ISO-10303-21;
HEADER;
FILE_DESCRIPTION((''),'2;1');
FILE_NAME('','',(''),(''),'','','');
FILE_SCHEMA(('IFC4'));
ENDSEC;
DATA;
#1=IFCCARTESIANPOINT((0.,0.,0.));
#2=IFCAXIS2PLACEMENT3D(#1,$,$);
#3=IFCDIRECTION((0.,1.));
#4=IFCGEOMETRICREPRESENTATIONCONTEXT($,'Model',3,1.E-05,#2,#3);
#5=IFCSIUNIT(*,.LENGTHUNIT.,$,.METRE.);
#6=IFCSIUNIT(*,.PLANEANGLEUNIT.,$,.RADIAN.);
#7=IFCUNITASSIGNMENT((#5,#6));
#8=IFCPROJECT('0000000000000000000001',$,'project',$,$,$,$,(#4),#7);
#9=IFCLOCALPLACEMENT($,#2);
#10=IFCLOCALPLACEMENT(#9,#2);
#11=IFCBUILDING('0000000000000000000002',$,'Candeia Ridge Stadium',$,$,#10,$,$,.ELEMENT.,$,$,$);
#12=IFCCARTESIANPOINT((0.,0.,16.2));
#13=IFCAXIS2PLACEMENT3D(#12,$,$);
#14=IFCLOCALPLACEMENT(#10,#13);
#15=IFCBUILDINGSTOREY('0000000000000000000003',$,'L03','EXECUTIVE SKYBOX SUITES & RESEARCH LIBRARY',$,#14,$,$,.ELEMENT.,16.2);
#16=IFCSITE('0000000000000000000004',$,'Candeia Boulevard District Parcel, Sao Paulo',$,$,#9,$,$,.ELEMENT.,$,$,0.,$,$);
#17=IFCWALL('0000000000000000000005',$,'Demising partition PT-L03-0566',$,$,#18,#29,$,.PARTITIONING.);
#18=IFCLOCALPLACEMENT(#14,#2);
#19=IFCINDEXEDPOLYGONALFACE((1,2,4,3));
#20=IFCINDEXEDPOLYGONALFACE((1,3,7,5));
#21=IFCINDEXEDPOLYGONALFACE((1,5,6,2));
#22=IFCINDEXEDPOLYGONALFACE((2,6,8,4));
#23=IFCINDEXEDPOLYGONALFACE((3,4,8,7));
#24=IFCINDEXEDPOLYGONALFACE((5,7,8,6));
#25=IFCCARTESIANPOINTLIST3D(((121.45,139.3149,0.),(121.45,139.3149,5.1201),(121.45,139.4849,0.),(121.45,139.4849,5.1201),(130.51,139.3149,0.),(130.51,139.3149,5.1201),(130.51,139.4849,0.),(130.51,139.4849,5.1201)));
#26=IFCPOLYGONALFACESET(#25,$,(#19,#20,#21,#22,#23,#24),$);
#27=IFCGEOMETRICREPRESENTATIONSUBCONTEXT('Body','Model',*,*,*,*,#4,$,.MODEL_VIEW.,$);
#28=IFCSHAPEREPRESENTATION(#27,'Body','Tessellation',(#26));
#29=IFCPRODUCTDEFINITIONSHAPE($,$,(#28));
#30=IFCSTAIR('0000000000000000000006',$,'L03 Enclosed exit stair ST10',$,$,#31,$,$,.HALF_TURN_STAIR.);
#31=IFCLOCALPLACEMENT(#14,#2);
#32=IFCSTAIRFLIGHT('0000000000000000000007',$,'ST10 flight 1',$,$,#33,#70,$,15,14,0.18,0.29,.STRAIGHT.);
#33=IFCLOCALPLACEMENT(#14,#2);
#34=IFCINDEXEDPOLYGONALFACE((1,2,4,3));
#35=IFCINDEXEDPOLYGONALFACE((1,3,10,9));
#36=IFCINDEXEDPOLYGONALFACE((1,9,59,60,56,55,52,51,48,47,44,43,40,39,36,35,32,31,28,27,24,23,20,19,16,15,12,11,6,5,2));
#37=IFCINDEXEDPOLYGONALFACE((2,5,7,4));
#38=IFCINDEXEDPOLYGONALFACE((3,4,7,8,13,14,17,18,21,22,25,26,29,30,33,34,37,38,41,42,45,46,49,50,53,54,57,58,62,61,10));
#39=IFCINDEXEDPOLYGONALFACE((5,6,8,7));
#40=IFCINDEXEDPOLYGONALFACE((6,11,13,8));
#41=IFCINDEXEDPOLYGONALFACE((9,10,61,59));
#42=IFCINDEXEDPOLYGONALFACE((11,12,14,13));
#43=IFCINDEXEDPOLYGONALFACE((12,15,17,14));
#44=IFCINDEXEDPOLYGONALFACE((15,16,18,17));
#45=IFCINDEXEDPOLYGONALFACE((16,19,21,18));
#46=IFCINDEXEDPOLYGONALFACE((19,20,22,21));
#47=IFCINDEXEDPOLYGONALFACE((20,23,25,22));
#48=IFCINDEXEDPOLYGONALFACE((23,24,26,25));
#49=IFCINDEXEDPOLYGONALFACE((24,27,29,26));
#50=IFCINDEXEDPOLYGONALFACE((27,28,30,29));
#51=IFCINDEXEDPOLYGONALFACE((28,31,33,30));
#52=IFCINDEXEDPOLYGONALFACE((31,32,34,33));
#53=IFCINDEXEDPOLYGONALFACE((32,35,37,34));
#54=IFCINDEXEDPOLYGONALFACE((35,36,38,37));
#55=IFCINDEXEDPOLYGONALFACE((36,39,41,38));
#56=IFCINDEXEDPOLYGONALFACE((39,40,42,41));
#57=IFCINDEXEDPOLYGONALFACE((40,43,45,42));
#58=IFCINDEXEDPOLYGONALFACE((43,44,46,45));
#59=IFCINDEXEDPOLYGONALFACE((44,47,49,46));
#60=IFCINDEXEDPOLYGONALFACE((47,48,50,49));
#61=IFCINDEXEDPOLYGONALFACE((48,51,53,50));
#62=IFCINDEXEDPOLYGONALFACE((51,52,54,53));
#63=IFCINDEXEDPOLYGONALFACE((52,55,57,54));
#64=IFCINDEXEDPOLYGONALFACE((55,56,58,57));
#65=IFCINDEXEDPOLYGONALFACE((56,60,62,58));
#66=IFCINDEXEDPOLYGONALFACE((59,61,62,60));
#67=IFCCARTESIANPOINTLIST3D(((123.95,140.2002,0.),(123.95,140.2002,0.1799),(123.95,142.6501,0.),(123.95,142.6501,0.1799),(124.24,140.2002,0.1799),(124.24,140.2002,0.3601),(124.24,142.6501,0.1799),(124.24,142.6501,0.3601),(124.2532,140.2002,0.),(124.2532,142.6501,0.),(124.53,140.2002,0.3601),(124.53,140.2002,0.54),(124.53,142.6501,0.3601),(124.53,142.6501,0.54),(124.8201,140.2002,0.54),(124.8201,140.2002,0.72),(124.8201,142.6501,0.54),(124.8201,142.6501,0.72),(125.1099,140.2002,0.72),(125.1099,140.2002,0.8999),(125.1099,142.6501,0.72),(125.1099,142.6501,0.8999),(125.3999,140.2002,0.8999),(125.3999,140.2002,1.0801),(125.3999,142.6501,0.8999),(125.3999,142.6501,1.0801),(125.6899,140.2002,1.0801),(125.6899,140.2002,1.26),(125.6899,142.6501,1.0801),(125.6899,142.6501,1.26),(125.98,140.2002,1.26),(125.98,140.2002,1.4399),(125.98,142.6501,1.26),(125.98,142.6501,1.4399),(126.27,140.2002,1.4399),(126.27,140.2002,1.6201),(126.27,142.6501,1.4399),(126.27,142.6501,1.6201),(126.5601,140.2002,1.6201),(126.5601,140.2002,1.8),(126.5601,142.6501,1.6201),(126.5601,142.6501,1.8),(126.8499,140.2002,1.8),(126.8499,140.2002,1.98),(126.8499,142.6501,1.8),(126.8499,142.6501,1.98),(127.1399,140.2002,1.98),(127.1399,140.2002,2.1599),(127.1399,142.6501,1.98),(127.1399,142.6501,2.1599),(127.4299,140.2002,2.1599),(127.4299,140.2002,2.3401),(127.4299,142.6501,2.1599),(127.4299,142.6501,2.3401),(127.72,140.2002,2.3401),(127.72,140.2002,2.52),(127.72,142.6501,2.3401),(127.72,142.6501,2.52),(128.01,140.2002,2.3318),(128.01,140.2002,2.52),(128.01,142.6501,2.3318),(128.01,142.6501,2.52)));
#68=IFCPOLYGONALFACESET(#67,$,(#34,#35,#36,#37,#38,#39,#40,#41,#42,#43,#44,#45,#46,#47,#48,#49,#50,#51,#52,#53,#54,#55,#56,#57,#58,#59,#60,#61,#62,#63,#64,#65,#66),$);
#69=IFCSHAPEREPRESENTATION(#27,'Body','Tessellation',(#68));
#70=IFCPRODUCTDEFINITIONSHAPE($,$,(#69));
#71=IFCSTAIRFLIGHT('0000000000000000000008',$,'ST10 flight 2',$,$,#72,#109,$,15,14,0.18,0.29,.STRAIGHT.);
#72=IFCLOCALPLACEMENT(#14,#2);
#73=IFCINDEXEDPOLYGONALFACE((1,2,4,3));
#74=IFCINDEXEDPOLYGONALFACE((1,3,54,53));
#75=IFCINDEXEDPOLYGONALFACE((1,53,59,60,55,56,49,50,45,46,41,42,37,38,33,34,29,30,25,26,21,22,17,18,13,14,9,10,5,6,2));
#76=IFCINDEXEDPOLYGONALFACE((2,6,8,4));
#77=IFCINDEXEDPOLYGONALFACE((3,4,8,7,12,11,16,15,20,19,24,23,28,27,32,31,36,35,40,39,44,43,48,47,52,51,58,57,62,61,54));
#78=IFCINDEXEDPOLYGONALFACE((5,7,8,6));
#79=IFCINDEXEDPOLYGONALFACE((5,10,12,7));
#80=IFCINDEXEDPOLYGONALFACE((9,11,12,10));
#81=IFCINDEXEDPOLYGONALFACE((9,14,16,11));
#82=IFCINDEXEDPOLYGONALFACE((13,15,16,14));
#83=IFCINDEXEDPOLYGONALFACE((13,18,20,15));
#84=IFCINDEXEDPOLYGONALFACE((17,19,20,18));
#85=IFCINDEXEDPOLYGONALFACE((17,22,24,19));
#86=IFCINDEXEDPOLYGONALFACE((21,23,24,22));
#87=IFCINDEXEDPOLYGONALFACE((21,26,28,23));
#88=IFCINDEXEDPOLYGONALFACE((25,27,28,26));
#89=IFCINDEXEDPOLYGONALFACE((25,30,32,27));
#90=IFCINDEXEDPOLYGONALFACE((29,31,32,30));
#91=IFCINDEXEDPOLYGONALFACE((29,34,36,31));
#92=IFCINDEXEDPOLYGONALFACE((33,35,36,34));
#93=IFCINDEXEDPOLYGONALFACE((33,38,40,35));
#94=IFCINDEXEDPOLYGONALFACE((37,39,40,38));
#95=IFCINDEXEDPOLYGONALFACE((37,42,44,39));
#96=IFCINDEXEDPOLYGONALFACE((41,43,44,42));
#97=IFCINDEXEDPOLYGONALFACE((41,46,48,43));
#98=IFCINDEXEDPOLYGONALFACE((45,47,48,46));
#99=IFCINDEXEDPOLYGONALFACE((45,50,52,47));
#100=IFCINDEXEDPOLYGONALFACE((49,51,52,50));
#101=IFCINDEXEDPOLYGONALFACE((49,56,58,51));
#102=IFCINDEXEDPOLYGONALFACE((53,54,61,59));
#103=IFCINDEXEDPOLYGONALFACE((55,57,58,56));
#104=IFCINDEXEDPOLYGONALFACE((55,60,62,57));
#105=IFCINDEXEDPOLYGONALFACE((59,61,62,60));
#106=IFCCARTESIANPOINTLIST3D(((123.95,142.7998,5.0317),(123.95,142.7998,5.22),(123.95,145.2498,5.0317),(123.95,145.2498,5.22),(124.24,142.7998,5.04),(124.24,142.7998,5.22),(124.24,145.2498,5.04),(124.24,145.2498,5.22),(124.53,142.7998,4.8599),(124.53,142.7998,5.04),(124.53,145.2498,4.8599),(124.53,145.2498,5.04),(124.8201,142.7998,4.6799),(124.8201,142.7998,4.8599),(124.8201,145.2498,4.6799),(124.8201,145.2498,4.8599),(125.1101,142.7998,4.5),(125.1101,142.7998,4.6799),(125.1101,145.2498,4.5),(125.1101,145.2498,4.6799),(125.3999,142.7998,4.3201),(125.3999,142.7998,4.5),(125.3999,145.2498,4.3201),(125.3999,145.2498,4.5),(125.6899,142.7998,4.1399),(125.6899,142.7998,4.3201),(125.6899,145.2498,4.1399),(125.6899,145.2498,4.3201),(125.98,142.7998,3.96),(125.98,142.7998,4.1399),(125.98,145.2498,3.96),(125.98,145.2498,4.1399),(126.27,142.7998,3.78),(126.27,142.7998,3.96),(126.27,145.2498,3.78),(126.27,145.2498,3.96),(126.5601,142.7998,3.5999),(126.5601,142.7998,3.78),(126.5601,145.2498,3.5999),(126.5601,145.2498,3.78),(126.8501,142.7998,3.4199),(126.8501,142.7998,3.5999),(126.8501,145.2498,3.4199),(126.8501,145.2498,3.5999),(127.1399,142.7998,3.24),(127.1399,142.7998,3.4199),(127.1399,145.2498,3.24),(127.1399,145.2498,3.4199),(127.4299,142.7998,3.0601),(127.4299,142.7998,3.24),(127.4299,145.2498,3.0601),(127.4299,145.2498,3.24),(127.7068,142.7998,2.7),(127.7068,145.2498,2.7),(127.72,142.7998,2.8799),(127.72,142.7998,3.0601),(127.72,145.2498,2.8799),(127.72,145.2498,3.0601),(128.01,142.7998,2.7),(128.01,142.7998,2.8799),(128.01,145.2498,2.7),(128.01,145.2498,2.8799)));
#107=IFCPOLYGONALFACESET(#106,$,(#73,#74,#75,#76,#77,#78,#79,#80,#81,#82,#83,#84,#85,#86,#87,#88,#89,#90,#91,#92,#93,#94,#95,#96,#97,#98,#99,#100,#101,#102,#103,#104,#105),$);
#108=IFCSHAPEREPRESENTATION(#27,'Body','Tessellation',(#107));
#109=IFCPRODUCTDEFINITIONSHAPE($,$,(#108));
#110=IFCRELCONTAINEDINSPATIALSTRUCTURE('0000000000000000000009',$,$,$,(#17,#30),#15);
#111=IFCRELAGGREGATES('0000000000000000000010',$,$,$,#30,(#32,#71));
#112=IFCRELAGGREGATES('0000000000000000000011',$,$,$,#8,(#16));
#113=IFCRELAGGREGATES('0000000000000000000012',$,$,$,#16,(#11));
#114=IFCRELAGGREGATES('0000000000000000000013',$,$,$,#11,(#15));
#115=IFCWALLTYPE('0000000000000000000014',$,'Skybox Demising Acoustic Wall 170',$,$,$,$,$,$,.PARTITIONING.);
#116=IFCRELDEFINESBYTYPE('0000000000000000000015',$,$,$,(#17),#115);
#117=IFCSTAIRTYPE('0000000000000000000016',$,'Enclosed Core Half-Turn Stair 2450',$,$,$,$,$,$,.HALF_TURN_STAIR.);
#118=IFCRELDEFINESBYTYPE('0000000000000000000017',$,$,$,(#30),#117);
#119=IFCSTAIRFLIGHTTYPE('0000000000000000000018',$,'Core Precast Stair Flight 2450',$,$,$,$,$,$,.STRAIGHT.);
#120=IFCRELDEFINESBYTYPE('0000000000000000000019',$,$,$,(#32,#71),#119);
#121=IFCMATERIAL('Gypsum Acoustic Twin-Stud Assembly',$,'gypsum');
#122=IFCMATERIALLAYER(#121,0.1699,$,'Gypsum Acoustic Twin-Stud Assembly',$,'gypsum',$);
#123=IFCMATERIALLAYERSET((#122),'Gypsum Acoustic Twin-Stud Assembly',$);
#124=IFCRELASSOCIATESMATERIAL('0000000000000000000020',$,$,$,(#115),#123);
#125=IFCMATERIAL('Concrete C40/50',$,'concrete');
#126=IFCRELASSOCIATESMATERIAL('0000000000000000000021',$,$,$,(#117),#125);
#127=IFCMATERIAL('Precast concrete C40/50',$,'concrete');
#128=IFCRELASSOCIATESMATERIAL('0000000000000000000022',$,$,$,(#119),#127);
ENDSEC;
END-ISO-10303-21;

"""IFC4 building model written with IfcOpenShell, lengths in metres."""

from ifc_helpers import new_model, si_unit, direction, frame, frame_2d, origin, place, context, subcontext, project, spatial, polyline, rectangle, outline, extrude, material, layer, layer_set, type_object, element, aggregate, save


model = new_model("IFC4")

# Units and contexts
model_context = context("Model", 3, precision=1e-05, world=origin(), true_north=direction((0.0, 1.0)))
body_context = subcontext(model_context, "Body", "Model", "MODEL_VIEW")
ifc_project = project(units=[si_unit("LENGTHUNIT", "METRE"), si_unit("PLANEANGLEUNIT", "RADIAN")], contexts=[model_context])

# Site, building, storey
site_placement = place(None, origin())
site = spatial("IfcSite", under=ifc_project, at=site_placement, Name="Candeia Boulevard District Parcel, Sao Paulo", CompositionType="ELEMENT", RefElevation=0.0)
building_placement = place(site_placement, origin())
building = spatial("IfcBuilding", under=site, at=building_placement, Name="Candeia Ridge Stadium", CompositionType="ELEMENT")
storey_placement = place(building_placement, frame((0.0, 0.0, 16.2)))
storey = spatial("IfcBuildingStorey", under=building, at=storey_placement, Name="L03", Description="EXECUTIVE SKYBOX SUITES & RESEARCH LIBRARY", CompositionType="ELEMENT", Elevation=16.2)

# Shared definitions
ifc_material_1 = material(Name="Concrete C40/50", Category="concrete")

# Shared definitions
ifc_material_2 = material(Name="Gypsum Acoustic Twin-Stud Assembly", Category="gypsum")

# Wall
ifc_layer_1 = layer(ifc_material_2, 0.1699, Name="Gypsum Acoustic Twin-Stud Assembly", Category="gypsum")
ifc_layer_set_1 = layer_set([ifc_layer_1], Name="Gypsum Acoustic Twin-Stud Assembly")
wall_type_1 = type_object("IfcWallType", Name="Skybox Demising Acoustic Wall 170", PredefinedType="PARTITIONING", material=ifc_layer_set_1)
wall_1_placement = place(storey_placement, frame((121.45, 139.3999, 0.0), z_axis=(0.0, 0.0, 1.0), x_axis=(1.0, 0.0, 0.0)))
element("IfcWall", 1, at=wall_1_placement, inside=storey, type_object=wall_type_1, Name="Demising partition PT-L03-0566", PredefinedType="PARTITIONING", context=body_context, shape_type="SweptSolid", body=[
    extrude(rectangle(XDim=9.0601, YDim=0.1699, at=frame_2d((4.53, 0.0))), origin(), (0.0, 0.0, 1.0), 5.1201),
])

# Stair, stair flights
stair_type = type_object("IfcStairType", Name="Enclosed Core Half-Turn Stair 2450", PredefinedType="HALF_TURN_STAIR", material=ifc_material_1)
stair_placement = place(storey_placement, origin())
stair = element("IfcStair", 2, at=stair_placement, inside=storey, type_object=stair_type, Name="L03 Enclosed exit stair ST10", PredefinedType="HALF_TURN_STAIR")
ifc_material_3 = material(Name="Precast concrete C40/50", Category="concrete")
stair_flight_type = type_object("IfcStairFlightType", Name="Core Precast Stair Flight 2450", PredefinedType="STRAIGHT", material=ifc_material_3)
stair_flight_1_placement = place(storey_placement, frame((123.95, 141.425, 0.0), z_axis=(0.0, 0.0, 1.0), x_axis=(1.0, 0.0, 0.0)))
stair_flight_1 = element("IfcStairFlight", 3, at=stair_flight_1_placement, type_object=stair_flight_type, Name="ST10 flight 1", NumberOfRisers=15, NumberOfTreads=14, PredefinedType="STRAIGHT", RiserHeight=0.18, TreadLength=0.29, context=body_context, shape_type="SweptSolid", body=[
    extrude(outline(polyline([(0.0, 0.0), (0.0, 0.1799), (0.29, 0.1799), (0.29, 0.3601), (0.5801, 0.3601), (0.5801, 0.54), (0.8701, 0.54), (0.8701, 0.72), (1.1599, 0.72), (1.1599, 0.8999), (1.45, 0.8999), (1.45, 1.0801), (1.74, 1.0801), (1.74, 1.26), (2.03, 1.26), (2.03, 1.4399), (2.3201, 1.4399), (2.3201, 1.6201), (2.6101, 1.6201), (2.6101, 1.8), (2.8999, 1.8), (2.8999, 1.98), (3.1899, 1.98), (3.1899, 2.1599), (3.48, 2.1599), (3.48, 2.3401), (3.77, 2.3401), (3.77, 2.52), (4.0601, 2.52), (4.0601, 2.7), (4.0601, 2.3318), (0.3032, 0.0), (0.0, 0.0)])), frame((0.0, 1.2251, 0.0), z_axis=(0.0, -1.0, 0.0), x_axis=(1.0, 0.0, 0.0)), (0.0, 0.0, 1.0), 2.45),
])
stair_flight_2_placement = place(storey_placement, frame((128.01, 144.0249, 2.7), z_axis=(0.0, 0.0, 1.0), x_axis=(-1.0, 0.0, 0.0)))
stair_flight_2 = element("IfcStairFlight", 4, at=stair_flight_2_placement, type_object=stair_flight_type, Name="ST10 flight 2", NumberOfRisers=15, NumberOfTreads=14, PredefinedType="STRAIGHT", RiserHeight=0.18, TreadLength=0.29, context=body_context, shape_type="SweptSolid", body=[
    extrude(outline(polyline([(0.0, 0.0), (0.0, 0.1799), (0.29, 0.1799), (0.29, 0.3601), (0.5801, 0.3601), (0.5801, 0.54), (0.8701, 0.54), (0.8701, 0.72), (1.1599, 0.72), (1.1599, 0.8999), (1.45, 0.8999), (1.45, 1.0801), (1.74, 1.0801), (1.74, 1.26), (2.03, 1.26), (2.03, 1.4399), (2.3201, 1.4399), (2.3201, 1.6201), (2.6101, 1.6201), (2.6101, 1.8), (2.8999, 1.8), (2.8999, 1.98), (3.1899, 1.98), (3.1899, 2.1599), (3.48, 2.1599), (3.48, 2.3401), (3.77, 2.3401), (3.77, 2.52), (4.0601, 2.52), (4.0601, 2.7), (4.0601, 2.3318), (0.3032, 0.0), (0.0, 0.0)])), frame((0.0, 1.2251, 0.0), z_axis=(0.0, -1.0, 0.0), x_axis=(1.0, 0.0, 0.0)), (0.0, 0.0, 1.0), 2.45),
])
aggregate(stair, [stair_flight_1, stair_flight_2])

save(model, "model.ifc")
